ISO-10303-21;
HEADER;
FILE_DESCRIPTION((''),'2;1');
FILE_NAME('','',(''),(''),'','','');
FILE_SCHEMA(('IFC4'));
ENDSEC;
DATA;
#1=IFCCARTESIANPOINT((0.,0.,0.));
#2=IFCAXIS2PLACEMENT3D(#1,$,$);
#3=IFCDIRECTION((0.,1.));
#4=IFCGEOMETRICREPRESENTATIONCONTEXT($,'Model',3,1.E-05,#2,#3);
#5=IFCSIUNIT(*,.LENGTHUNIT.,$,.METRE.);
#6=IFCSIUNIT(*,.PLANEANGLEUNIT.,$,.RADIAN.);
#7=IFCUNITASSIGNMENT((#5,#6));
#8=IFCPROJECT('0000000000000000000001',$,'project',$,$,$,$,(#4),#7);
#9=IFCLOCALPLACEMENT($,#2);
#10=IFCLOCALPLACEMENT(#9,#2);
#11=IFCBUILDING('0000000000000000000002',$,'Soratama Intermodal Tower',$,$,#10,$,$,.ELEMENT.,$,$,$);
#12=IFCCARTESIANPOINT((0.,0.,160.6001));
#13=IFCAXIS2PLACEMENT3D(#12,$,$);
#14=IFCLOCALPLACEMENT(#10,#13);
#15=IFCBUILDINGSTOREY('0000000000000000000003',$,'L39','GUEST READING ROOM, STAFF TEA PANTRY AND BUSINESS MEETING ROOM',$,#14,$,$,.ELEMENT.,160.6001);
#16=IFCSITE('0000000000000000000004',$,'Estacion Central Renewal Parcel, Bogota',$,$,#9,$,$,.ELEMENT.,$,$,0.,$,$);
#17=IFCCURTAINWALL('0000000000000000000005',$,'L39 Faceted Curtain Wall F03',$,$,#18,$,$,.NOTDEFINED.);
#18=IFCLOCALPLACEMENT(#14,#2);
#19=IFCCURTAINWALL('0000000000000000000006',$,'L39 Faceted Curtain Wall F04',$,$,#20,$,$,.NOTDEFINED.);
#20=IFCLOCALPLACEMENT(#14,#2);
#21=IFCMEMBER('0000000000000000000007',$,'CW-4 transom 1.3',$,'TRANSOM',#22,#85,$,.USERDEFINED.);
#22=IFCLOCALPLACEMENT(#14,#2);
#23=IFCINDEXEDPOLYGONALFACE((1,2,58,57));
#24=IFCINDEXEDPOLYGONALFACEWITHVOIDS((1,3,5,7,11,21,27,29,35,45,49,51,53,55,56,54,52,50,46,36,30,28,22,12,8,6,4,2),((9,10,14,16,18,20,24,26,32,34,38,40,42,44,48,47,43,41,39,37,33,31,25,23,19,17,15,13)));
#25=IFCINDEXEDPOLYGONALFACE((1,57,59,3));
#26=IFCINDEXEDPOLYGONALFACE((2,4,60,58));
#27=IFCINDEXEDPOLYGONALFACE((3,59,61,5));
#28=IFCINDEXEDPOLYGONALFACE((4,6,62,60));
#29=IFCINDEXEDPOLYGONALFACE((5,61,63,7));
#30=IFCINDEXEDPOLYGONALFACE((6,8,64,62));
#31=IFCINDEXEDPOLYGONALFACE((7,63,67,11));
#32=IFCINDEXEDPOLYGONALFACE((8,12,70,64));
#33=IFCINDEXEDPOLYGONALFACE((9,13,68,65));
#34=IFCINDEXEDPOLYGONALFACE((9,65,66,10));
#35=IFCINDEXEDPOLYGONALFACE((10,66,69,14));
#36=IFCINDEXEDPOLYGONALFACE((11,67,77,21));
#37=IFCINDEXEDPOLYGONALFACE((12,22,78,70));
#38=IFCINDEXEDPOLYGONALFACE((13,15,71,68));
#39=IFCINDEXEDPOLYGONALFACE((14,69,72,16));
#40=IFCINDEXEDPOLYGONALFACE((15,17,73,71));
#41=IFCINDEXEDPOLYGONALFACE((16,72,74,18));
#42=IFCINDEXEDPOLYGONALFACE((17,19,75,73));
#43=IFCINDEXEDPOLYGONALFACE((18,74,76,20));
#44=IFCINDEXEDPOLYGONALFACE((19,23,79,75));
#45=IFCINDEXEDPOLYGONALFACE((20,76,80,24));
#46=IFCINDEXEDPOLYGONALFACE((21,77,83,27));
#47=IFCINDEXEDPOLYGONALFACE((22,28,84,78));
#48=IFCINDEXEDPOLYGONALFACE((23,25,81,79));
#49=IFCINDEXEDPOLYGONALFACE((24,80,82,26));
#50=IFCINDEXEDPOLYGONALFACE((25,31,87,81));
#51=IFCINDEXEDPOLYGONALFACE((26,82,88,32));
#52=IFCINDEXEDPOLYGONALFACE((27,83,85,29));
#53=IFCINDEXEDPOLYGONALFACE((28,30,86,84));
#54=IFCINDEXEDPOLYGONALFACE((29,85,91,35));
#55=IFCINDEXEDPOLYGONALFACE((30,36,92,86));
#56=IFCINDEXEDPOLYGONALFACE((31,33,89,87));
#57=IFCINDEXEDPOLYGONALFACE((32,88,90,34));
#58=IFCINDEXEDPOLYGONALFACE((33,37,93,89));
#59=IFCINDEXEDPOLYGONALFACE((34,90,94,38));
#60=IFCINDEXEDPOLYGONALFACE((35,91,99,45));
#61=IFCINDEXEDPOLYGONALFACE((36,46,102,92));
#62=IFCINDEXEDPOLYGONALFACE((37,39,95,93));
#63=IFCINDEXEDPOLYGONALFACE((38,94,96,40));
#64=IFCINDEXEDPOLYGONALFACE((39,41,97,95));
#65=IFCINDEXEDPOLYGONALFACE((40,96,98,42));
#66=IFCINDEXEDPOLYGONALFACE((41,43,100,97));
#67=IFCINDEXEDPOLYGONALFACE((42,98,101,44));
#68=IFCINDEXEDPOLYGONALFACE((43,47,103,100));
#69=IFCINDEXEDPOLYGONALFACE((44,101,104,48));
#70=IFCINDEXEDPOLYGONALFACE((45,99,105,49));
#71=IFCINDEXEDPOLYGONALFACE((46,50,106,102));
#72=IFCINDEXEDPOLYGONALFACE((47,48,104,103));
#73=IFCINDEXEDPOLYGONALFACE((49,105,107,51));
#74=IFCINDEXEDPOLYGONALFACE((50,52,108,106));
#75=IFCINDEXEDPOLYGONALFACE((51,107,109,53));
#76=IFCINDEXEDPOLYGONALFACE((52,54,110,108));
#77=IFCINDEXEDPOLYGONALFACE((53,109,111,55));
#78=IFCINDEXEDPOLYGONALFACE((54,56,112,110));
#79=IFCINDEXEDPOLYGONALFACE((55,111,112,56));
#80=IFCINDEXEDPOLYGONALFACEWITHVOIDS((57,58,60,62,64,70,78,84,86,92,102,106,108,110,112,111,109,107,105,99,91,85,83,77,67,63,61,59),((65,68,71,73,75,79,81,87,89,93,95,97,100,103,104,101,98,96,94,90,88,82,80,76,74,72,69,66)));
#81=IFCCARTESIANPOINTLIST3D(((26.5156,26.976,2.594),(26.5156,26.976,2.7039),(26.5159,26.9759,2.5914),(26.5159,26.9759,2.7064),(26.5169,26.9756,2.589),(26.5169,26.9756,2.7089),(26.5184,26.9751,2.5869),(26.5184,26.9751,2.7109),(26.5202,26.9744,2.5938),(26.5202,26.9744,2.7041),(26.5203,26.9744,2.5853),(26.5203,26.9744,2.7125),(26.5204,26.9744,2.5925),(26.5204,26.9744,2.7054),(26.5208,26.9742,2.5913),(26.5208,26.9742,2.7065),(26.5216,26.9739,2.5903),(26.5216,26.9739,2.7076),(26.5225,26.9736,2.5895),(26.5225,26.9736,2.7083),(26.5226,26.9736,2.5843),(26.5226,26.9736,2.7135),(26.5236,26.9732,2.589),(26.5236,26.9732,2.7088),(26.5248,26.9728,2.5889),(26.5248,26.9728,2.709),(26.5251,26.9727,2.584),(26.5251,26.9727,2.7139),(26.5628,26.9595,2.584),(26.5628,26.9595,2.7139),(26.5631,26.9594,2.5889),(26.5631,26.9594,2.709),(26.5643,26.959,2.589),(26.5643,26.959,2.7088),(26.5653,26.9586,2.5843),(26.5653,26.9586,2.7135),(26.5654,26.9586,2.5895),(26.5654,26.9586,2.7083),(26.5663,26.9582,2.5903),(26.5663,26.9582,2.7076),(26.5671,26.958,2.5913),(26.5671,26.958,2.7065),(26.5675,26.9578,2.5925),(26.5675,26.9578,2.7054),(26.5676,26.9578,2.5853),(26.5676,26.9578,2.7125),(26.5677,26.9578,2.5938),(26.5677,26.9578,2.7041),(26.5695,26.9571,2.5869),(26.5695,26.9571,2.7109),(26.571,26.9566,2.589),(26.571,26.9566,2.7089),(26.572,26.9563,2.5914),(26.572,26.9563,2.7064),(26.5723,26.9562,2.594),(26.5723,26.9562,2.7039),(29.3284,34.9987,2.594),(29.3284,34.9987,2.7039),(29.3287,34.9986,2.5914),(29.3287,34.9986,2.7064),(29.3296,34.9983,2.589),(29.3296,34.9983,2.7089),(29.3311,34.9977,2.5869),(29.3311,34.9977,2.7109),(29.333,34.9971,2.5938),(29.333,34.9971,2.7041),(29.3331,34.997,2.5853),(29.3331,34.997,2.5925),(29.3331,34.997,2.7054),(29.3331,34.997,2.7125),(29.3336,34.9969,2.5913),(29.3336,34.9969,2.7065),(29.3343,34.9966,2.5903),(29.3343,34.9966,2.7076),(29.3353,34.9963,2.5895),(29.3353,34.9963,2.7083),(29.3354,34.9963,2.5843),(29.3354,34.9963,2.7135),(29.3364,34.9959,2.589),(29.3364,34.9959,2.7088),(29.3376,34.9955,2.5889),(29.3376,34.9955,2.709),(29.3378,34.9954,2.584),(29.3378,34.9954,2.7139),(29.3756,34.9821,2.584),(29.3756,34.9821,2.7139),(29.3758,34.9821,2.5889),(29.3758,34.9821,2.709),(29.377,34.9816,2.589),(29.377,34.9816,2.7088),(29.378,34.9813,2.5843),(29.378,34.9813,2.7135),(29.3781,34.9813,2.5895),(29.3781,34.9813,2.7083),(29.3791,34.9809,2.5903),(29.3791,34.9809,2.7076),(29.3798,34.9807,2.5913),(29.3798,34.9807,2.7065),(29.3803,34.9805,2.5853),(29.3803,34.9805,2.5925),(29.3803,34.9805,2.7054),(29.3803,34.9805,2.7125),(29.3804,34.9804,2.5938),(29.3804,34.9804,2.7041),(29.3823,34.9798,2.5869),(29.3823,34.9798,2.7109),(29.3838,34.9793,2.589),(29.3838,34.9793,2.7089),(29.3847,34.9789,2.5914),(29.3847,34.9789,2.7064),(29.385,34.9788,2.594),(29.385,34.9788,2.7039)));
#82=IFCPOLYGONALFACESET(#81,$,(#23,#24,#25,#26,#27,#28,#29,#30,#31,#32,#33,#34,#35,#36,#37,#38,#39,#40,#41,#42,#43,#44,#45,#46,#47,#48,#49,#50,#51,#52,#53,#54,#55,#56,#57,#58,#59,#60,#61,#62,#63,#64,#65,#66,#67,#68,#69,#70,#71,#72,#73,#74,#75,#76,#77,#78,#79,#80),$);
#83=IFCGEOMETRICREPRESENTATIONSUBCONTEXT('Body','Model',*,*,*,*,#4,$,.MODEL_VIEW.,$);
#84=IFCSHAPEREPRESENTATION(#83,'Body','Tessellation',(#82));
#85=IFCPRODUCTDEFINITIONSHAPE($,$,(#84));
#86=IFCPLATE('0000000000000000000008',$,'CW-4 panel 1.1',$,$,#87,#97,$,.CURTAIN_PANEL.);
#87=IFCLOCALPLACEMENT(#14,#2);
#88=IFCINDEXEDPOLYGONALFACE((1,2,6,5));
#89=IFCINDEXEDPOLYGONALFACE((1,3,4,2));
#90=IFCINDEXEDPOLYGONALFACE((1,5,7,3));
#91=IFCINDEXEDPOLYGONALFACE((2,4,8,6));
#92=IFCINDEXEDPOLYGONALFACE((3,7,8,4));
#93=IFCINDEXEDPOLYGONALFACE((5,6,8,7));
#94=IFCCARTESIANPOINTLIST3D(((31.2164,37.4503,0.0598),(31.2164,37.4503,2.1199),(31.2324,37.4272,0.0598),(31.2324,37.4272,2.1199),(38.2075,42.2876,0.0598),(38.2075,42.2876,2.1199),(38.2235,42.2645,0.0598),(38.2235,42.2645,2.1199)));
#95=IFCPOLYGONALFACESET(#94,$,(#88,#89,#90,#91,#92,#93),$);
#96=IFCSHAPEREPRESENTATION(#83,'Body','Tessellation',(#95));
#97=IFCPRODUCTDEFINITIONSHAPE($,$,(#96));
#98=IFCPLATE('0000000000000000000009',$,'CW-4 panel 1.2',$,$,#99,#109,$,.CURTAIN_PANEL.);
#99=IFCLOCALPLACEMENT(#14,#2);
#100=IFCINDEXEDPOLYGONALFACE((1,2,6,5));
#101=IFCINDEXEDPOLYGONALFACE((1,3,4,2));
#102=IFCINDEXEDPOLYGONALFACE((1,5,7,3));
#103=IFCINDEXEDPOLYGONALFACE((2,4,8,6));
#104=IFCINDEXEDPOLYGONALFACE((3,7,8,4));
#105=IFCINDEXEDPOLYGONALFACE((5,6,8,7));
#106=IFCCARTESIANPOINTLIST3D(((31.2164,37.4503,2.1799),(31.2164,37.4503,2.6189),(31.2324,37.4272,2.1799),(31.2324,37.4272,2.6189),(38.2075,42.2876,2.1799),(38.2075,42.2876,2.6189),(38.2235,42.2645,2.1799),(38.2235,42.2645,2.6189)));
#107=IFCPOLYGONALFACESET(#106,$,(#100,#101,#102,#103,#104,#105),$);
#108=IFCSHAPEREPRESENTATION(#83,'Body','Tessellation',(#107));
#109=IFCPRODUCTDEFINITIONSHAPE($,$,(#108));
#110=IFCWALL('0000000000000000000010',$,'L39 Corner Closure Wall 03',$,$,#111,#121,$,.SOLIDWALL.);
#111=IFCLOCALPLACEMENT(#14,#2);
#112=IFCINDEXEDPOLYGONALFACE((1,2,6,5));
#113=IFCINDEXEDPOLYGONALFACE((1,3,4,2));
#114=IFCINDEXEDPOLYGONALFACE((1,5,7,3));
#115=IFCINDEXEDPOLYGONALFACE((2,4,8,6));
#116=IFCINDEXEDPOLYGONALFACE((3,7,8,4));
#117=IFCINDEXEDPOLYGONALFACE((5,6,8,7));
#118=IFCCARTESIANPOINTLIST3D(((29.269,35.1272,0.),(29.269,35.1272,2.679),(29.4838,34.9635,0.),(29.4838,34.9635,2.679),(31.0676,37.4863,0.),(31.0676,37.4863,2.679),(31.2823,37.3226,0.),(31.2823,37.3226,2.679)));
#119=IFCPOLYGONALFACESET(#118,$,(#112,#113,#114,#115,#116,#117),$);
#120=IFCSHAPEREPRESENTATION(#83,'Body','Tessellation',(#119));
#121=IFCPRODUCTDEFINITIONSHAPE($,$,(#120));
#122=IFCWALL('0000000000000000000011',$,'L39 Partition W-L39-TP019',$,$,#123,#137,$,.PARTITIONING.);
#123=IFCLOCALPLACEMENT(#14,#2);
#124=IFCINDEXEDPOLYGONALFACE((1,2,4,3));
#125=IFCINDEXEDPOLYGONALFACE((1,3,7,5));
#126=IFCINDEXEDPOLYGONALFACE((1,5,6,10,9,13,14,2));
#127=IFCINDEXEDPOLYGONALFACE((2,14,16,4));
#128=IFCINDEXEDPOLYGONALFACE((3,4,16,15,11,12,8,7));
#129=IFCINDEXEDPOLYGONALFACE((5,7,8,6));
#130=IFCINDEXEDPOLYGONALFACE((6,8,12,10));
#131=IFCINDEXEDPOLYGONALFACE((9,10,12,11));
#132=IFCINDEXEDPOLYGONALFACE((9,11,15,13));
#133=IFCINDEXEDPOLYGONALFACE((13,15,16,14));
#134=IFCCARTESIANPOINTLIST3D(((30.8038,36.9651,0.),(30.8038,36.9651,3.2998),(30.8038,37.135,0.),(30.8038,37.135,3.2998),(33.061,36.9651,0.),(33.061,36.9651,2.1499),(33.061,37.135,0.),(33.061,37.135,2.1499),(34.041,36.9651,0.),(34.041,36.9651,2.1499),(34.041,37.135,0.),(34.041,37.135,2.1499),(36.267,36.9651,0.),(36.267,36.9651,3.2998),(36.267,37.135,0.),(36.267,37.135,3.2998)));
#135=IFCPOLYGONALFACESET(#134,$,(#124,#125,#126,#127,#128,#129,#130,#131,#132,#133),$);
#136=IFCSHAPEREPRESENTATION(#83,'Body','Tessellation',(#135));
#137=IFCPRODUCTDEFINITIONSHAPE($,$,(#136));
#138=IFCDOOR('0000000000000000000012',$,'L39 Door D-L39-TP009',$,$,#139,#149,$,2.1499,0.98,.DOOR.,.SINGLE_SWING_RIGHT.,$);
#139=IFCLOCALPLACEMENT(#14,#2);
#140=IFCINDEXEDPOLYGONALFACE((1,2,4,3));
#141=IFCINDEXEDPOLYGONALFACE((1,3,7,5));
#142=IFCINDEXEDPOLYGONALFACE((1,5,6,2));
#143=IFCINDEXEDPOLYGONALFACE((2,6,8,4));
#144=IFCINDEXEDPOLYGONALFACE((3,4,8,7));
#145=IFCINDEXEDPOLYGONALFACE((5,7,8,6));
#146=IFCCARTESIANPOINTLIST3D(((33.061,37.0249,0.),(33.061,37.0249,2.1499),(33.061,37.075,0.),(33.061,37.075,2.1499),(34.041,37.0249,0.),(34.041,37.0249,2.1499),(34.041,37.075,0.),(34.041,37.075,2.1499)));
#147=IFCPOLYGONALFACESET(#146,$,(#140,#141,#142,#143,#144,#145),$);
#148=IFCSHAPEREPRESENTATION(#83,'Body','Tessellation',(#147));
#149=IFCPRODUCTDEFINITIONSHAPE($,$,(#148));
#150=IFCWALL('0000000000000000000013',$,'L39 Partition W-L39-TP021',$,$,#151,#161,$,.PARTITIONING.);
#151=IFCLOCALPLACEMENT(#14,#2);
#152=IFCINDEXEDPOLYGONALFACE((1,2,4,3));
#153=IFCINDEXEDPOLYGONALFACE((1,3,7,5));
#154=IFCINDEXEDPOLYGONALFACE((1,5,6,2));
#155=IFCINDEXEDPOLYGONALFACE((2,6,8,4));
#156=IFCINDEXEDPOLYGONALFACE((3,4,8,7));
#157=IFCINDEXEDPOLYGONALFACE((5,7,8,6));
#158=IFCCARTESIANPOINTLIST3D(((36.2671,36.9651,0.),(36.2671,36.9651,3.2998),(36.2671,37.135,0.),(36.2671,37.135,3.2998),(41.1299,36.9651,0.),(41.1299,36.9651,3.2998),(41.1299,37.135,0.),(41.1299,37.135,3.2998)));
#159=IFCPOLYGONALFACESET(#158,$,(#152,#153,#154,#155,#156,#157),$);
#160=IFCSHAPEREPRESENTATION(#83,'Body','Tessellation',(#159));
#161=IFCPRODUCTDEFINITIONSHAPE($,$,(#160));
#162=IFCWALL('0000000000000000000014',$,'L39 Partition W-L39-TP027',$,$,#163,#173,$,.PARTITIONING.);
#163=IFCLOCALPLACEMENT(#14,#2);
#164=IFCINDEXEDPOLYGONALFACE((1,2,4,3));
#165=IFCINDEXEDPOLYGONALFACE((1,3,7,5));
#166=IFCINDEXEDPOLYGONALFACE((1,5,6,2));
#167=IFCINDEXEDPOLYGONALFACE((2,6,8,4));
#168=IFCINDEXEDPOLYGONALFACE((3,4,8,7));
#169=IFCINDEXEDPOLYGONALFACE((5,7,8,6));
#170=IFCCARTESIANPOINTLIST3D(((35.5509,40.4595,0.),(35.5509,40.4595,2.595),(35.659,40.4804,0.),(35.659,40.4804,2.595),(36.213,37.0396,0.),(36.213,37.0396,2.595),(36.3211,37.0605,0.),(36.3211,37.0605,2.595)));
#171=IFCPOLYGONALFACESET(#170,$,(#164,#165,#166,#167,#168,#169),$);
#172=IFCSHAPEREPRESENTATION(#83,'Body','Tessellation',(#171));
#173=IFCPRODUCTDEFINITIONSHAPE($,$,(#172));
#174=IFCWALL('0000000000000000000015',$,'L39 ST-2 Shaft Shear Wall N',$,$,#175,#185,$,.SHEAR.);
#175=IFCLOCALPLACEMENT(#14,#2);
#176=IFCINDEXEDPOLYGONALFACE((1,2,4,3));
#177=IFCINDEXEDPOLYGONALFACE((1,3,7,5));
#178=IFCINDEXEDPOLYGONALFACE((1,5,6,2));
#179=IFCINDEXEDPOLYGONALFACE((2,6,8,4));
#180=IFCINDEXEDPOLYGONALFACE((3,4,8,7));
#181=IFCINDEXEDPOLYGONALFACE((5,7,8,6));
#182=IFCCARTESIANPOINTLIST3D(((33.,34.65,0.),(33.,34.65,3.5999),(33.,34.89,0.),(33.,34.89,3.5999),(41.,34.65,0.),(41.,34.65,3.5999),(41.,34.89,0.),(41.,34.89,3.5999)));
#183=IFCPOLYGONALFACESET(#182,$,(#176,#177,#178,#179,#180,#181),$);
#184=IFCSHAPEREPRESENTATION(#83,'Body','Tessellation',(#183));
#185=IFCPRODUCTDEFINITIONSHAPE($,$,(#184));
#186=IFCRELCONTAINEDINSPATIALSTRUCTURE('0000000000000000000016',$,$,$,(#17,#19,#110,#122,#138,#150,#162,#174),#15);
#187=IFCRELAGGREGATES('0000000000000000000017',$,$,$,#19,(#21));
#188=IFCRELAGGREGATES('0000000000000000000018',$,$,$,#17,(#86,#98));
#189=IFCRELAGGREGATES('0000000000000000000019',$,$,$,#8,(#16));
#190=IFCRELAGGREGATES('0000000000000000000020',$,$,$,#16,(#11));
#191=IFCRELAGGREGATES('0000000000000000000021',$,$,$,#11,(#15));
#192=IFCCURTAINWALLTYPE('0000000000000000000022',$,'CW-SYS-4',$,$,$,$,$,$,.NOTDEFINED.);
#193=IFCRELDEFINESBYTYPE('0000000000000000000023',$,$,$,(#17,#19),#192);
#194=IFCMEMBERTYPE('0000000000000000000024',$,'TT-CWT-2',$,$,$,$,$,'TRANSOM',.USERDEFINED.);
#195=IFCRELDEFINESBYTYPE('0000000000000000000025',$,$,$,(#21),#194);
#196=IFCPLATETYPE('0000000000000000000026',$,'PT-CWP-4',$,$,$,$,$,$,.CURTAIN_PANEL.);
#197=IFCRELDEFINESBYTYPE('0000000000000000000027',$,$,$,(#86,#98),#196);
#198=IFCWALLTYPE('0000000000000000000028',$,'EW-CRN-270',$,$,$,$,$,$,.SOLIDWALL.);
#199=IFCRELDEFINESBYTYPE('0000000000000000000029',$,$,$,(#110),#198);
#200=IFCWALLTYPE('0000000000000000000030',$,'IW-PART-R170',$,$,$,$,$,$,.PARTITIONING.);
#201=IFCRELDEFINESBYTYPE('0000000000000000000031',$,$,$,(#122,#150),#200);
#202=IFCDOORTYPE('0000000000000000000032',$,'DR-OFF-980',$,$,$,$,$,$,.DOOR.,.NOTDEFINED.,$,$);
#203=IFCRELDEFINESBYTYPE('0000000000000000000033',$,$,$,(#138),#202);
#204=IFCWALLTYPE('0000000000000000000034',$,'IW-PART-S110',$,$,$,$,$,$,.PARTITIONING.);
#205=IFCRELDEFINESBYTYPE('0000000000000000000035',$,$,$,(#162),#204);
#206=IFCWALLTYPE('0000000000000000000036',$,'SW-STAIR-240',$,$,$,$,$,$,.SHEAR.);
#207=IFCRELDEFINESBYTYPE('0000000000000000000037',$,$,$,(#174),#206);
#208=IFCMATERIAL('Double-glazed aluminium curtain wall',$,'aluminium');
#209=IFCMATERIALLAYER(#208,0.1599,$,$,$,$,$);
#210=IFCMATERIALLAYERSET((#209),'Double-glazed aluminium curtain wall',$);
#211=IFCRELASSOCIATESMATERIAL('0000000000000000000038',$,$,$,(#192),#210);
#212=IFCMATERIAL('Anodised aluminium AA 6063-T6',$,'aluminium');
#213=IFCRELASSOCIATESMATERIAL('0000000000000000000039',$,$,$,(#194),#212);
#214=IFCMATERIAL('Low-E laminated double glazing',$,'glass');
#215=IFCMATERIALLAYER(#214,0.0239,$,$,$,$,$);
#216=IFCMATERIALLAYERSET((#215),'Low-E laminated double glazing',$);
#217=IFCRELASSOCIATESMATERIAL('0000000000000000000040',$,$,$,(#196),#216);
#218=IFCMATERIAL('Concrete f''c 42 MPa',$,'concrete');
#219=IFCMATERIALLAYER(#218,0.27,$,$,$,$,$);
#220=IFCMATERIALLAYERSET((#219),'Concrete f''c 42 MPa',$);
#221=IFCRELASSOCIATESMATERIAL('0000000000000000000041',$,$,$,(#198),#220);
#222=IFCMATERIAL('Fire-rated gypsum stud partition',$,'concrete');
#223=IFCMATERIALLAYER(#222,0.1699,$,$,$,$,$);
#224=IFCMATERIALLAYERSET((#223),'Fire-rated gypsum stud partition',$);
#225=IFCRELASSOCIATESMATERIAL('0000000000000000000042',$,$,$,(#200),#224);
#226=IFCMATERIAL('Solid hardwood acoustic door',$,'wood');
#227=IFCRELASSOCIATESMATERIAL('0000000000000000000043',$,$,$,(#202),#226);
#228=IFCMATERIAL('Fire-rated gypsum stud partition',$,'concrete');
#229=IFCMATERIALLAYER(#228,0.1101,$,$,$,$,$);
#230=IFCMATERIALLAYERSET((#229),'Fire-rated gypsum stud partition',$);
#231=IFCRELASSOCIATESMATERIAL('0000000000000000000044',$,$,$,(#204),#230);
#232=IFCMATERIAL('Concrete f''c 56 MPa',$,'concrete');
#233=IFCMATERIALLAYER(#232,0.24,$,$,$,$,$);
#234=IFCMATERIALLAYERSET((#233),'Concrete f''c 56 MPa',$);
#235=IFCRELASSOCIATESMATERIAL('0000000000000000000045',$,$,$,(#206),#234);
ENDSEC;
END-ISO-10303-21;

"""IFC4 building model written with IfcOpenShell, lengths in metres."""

from ifc_helpers import new_model, si_unit, direction, frame, frame_2d, origin, origin_2d, place, context, subcontext, project, spatial, rectangle, hollow_rectangle, extrude, material, layer, layer_set, material_profile, profile_set, type_object, element, fill, aggregate, save


model = new_model("IFC4")

# Units and contexts
model_context = context("Model", 3, precision=1e-05, world=origin(), true_north=direction((0.0, 1.0)))
body_context = subcontext(model_context, "Body", "Model", "MODEL_VIEW")
ifc_project = project(units=[si_unit("LENGTHUNIT", "METRE"), si_unit("PLANEANGLEUNIT", "RADIAN")], contexts=[model_context])

# Site, building, storey
site_placement = place(None, origin())
site = spatial("IfcSite", under=ifc_project, at=site_placement, Name="Estacion Central Renewal Parcel, Bogota", CompositionType="ELEMENT", RefElevation=0.0)
building_placement = place(site_placement, origin())
building = spatial("IfcBuilding", under=site, at=building_placement, Name="Soratama Intermodal Tower", CompositionType="ELEMENT")
storey_placement = place(building_placement, frame((0.0, 0.0, 160.6001)))
storey = spatial("IfcBuildingStorey", under=building, at=storey_placement, Name="L39", Description="GUEST READING ROOM, STAFF TEA PANTRY AND BUSINESS MEETING ROOM", CompositionType="ELEMENT", Elevation=160.6001)

# Curtain wall
ifc_material_1 = material(Name="Double-glazed aluminium curtain wall", Category="aluminium")
ifc_layer_1 = layer(ifc_material_1, 0.1599)
ifc_layer_set_1 = layer_set([ifc_layer_1], Name="Double-glazed aluminium curtain wall")
curtain_wall_type = type_object("IfcCurtainWallType", Name="CW-SYS-4", PredefinedType="NOTDEFINED", material=ifc_layer_set_1)
curtain_wall_1_placement = place(storey_placement, origin())
curtain_wall_1 = element("IfcCurtainWall", 1, at=curtain_wall_1_placement, inside=storey, type_object=curtain_wall_type, Name="L39 Faceted Curtain Wall F03", PredefinedType="NOTDEFINED")

# Curtain wall
curtain_wall_2_placement = place(storey_placement, origin())
curtain_wall_2 = element("IfcCurtainWall", 2, at=curtain_wall_2_placement, inside=storey, type_object=curtain_wall_type, Name="L39 Faceted Curtain Wall F04", PredefinedType="NOTDEFINED")

# Member
ifc_material_2 = material(Name="Anodised aluminium AA 6063-T6", Category="aluminium")
ifc_material_profile_1 = material_profile(ifc_material_2, hollow_rectangle(XDim=0.0601, YDim=0.1299, WallThickness=0.0049, InnerFilletRadius=0.0049, OuterFilletRadius=0.01, at=origin_2d()), Name="CWT130X60X5")
ifc_profile_set_1 = profile_set([ifc_material_profile_1], Name="Anodised aluminium AA 6063-T6")
member_type_1 = type_object("IfcMemberType", Name="TT-CWT-2", ElementType="TRANSOM", PredefinedType="USERDEFINED", material=ifc_profile_set_1)
member_1_placement = place(storey_placement, frame((29.3567, 34.9888, 2.6489), z_axis=(-0.330853, -0.943682, 0.0), x_axis=(0.943682, -0.330853, 0.0)))
member_1 = element("IfcMember", 3, at=member_1_placement, type_object=member_type_1, Name="CW-4 transom 1.3", ObjectType="TRANSOM", PredefinedType="USERDEFINED", context=body_context, shape_type="SweptSolid", body=[
    extrude(hollow_rectangle(XDim=0.0601, YDim=0.1299, WallThickness=0.0049, InnerFilletRadius=0.0049, OuterFilletRadius=0.01, at=origin_2d()), origin(), (0.0, 0.0, 1.0), 8.5015),
])
aggregate(curtain_wall_2, [member_1])

# Plates
ifc_material_3 = material(Name="Low-E laminated double glazing", Category="glass")
ifc_layer_2 = layer(ifc_material_3, 0.0239)
ifc_layer_set_2 = layer_set([ifc_layer_2], Name="Low-E laminated double glazing")
plate_type = type_object("IfcPlateType", Name="PT-CWP-4", PredefinedType="CURTAIN_PANEL", material=ifc_layer_set_2)
plate_1_placement = place(storey_placement, frame((34.72, 39.8574, 0.0598), z_axis=(0.0, 0.0, 1.0), x_axis=(-0.822344, -0.568991, 0.0)))
plate_1 = element("IfcPlate", 4, at=plate_1_placement, type_object=plate_type, Name="CW-4 panel 1.1", PredefinedType="CURTAIN_PANEL", context=body_context, shape_type="SweptSolid", body=[
    extrude(rectangle(XDim=8.5015, YDim=0.0281, at=origin_2d()), origin(), (0.0, 0.0, 1.0), 2.0601),
])
plate_2_placement = place(storey_placement, frame((34.72, 39.8574, 2.1799), z_axis=(0.0, 0.0, 1.0), x_axis=(-0.822344, -0.568991, 0.0)))
plate_2 = element("IfcPlate", 5, at=plate_2_placement, type_object=plate_type, Name="CW-4 panel 1.2", PredefinedType="CURTAIN_PANEL", context=body_context, shape_type="SweptSolid", body=[
    extrude(rectangle(XDim=8.5015, YDim=0.0281, at=origin_2d()), origin(), (0.0, 0.0, 1.0), 0.439),
])
aggregate(curtain_wall_1, [plate_1, plate_2])

# Wall
ifc_material_4 = material(Name="Concrete f'c 42 MPa", Category="concrete")
ifc_layer_3 = layer(ifc_material_4, 0.27)
ifc_layer_set_3 = layer_set([ifc_layer_3], Name="Concrete f'c 42 MPa")
wall_type_1 = type_object("IfcWallType", Name="EW-CRN-270", PredefinedType="SOLIDWALL", material=ifc_layer_set_3)
wall_1_placement = place(storey_placement, frame((31.175, 37.4045, 0.0), z_axis=(0.0, 0.0, 1.0), x_axis=(-0.606289, -0.795245, 0.0)))
element("IfcWall", 6, at=wall_1_placement, inside=storey, type_object=wall_type_1, Name="L39 Corner Closure Wall 03", PredefinedType="SOLIDWALL", context=body_context, shape_type="SweptSolid", body=[
    extrude(rectangle(XDim=2.9666, YDim=0.27, at=frame_2d((1.4834, 0.0))), origin(), (0.0, 0.0, 1.0), 2.679),
])

# Wall, opening, door
ifc_material_5 = material(Name="Fire-rated gypsum stud partition", Category="concrete")
ifc_layer_4 = layer(ifc_material_5, 0.1699)
ifc_layer_set_4 = layer_set([ifc_layer_4], Name="Fire-rated gypsum stud partition")
wall_type_2 = type_object("IfcWallType", Name="IW-PART-R170", PredefinedType="PARTITIONING", material=ifc_layer_set_4)
wall_2_placement = place(storey_placement, frame((30.804, 37.05, 0.0), z_axis=(0.0, 0.0, 1.0), x_axis=(1.0, 0.0, 0.0)))
wall_2 = element("IfcWall", 7, at=wall_2_placement, inside=storey, type_object=wall_type_2, Name="L39 Partition W-L39-TP019", PredefinedType="PARTITIONING", context=body_context, shape_type="SweptSolid", body=[
    extrude(rectangle(XDim=5.4631, YDim=0.1699, at=frame_2d((2.7314, 0.0))), origin(), (0.0, 0.0, 1.0), 3.2998),
])
opening_placement = place(wall_2_placement, frame((2.2571, 0.0, 0.0)))
opening = element("IfcOpeningElement", 8, at=opening_placement, cuts=wall_2, PredefinedType="OPENING", context=body_context, shape_type="SweptSolid", body=[
    extrude(rectangle(XDim=0.98, YDim=2.1499, at=frame_2d((0.49, 1.075))), frame((0.0, 0.095, 0.0), z_axis=(0.0, -1.0, 0.0), x_axis=(1.0, 0.0, 0.0)), (0.0, 0.0, 1.0), 0.1899),
])
ifc_material_6 = material(Name="Solid hardwood acoustic door", Category="wood")
door_type = type_object("IfcDoorType", Name="DR-OFF-980", OperationType="NOTDEFINED", PredefinedType="DOOR", material=ifc_material_6)
door_placement = place(opening_placement, origin())
door = element("IfcDoor", 9, at=door_placement, inside=storey, type_object=door_type, Name="L39 Door D-L39-TP009", OperationType="SINGLE_SWING_RIGHT", OverallHeight=2.1499, OverallWidth=0.98, PredefinedType="DOOR", context=body_context, shape_type="SweptSolid", body=[
    extrude(rectangle(XDim=0.98, YDim=2.1499, at=frame_2d((0.49, 1.075))), frame((0.0, 0.0249, 0.0), z_axis=(0.0, -1.0, 0.0), x_axis=(1.0, 0.0, 0.0)), (0.0, 0.0, 1.0), 0.05),
])
fill(opening, door)

# Walls
wall_3_placement = place(storey_placement, frame((36.2671, 37.05, 0.0), z_axis=(0.0, 0.0, 1.0), x_axis=(1.0, 0.0, 0.0)))
element("IfcWall", 10, at=wall_3_placement, inside=storey, type_object=wall_type_2, Name="L39 Partition W-L39-TP021", PredefinedType="PARTITIONING", context=body_context, shape_type="SweptSolid", body=[
    extrude(rectangle(XDim=4.8628, YDim=0.1699, at=frame_2d((2.4314, 0.0))), origin(), (0.0, 0.0, 1.0), 3.2998),
])
ifc_material_7 = material(Name="Fire-rated gypsum stud partition", Category="concrete")
ifc_layer_5 = layer(ifc_material_7, 0.1101)
ifc_layer_set_5 = layer_set([ifc_layer_5], Name="Fire-rated gypsum stud partition")
wall_type_3 = type_object("IfcWallType", Name="IW-PART-S110", PredefinedType="PARTITIONING", material=ifc_layer_set_5)
wall_4_placement = place(storey_placement, frame((36.2671, 37.05, 0.0), z_axis=(0.0, 0.0, 1.0), x_axis=(-0.190074, 0.98177, 0.0)))
element("IfcWall", 11, at=wall_4_placement, inside=storey, type_object=wall_type_3, Name="L39 Partition W-L39-TP027", PredefinedType="PARTITIONING", context=body_context, shape_type="SweptSolid", body=[
    extrude(rectangle(XDim=3.4834, YDim=0.1101, at=frame_2d((1.7417, 0.0))), origin(), (0.0, 0.0, 1.0), 2.595),
])
ifc_material_8 = material(Name="Concrete f'c 56 MPa", Category="concrete")
ifc_layer_6 = layer(ifc_material_8, 0.24)
ifc_layer_set_6 = layer_set([ifc_layer_6], Name="Concrete f'c 56 MPa")
wall_type_4 = type_object("IfcWallType", Name="SW-STAIR-240", PredefinedType="SHEAR", material=ifc_layer_set_6)
wall_5_placement = place(storey_placement, frame((33.0, 34.77, 0.0), z_axis=(0.0, 0.0, 1.0), x_axis=(1.0, 0.0, 0.0)))
element("IfcWall", 12, at=wall_5_placement, inside=storey, type_object=wall_type_4, Name="L39 ST-2 Shaft Shear Wall N", PredefinedType="SHEAR", context=body_context, shape_type="SweptSolid", body=[
    extrude(rectangle(XDim=8.0, YDim=0.24, at=frame_2d((4.0, 0.0))), origin(), (0.0, 0.0, 1.0), 3.5999),
])

save(model, "model.ifc")
